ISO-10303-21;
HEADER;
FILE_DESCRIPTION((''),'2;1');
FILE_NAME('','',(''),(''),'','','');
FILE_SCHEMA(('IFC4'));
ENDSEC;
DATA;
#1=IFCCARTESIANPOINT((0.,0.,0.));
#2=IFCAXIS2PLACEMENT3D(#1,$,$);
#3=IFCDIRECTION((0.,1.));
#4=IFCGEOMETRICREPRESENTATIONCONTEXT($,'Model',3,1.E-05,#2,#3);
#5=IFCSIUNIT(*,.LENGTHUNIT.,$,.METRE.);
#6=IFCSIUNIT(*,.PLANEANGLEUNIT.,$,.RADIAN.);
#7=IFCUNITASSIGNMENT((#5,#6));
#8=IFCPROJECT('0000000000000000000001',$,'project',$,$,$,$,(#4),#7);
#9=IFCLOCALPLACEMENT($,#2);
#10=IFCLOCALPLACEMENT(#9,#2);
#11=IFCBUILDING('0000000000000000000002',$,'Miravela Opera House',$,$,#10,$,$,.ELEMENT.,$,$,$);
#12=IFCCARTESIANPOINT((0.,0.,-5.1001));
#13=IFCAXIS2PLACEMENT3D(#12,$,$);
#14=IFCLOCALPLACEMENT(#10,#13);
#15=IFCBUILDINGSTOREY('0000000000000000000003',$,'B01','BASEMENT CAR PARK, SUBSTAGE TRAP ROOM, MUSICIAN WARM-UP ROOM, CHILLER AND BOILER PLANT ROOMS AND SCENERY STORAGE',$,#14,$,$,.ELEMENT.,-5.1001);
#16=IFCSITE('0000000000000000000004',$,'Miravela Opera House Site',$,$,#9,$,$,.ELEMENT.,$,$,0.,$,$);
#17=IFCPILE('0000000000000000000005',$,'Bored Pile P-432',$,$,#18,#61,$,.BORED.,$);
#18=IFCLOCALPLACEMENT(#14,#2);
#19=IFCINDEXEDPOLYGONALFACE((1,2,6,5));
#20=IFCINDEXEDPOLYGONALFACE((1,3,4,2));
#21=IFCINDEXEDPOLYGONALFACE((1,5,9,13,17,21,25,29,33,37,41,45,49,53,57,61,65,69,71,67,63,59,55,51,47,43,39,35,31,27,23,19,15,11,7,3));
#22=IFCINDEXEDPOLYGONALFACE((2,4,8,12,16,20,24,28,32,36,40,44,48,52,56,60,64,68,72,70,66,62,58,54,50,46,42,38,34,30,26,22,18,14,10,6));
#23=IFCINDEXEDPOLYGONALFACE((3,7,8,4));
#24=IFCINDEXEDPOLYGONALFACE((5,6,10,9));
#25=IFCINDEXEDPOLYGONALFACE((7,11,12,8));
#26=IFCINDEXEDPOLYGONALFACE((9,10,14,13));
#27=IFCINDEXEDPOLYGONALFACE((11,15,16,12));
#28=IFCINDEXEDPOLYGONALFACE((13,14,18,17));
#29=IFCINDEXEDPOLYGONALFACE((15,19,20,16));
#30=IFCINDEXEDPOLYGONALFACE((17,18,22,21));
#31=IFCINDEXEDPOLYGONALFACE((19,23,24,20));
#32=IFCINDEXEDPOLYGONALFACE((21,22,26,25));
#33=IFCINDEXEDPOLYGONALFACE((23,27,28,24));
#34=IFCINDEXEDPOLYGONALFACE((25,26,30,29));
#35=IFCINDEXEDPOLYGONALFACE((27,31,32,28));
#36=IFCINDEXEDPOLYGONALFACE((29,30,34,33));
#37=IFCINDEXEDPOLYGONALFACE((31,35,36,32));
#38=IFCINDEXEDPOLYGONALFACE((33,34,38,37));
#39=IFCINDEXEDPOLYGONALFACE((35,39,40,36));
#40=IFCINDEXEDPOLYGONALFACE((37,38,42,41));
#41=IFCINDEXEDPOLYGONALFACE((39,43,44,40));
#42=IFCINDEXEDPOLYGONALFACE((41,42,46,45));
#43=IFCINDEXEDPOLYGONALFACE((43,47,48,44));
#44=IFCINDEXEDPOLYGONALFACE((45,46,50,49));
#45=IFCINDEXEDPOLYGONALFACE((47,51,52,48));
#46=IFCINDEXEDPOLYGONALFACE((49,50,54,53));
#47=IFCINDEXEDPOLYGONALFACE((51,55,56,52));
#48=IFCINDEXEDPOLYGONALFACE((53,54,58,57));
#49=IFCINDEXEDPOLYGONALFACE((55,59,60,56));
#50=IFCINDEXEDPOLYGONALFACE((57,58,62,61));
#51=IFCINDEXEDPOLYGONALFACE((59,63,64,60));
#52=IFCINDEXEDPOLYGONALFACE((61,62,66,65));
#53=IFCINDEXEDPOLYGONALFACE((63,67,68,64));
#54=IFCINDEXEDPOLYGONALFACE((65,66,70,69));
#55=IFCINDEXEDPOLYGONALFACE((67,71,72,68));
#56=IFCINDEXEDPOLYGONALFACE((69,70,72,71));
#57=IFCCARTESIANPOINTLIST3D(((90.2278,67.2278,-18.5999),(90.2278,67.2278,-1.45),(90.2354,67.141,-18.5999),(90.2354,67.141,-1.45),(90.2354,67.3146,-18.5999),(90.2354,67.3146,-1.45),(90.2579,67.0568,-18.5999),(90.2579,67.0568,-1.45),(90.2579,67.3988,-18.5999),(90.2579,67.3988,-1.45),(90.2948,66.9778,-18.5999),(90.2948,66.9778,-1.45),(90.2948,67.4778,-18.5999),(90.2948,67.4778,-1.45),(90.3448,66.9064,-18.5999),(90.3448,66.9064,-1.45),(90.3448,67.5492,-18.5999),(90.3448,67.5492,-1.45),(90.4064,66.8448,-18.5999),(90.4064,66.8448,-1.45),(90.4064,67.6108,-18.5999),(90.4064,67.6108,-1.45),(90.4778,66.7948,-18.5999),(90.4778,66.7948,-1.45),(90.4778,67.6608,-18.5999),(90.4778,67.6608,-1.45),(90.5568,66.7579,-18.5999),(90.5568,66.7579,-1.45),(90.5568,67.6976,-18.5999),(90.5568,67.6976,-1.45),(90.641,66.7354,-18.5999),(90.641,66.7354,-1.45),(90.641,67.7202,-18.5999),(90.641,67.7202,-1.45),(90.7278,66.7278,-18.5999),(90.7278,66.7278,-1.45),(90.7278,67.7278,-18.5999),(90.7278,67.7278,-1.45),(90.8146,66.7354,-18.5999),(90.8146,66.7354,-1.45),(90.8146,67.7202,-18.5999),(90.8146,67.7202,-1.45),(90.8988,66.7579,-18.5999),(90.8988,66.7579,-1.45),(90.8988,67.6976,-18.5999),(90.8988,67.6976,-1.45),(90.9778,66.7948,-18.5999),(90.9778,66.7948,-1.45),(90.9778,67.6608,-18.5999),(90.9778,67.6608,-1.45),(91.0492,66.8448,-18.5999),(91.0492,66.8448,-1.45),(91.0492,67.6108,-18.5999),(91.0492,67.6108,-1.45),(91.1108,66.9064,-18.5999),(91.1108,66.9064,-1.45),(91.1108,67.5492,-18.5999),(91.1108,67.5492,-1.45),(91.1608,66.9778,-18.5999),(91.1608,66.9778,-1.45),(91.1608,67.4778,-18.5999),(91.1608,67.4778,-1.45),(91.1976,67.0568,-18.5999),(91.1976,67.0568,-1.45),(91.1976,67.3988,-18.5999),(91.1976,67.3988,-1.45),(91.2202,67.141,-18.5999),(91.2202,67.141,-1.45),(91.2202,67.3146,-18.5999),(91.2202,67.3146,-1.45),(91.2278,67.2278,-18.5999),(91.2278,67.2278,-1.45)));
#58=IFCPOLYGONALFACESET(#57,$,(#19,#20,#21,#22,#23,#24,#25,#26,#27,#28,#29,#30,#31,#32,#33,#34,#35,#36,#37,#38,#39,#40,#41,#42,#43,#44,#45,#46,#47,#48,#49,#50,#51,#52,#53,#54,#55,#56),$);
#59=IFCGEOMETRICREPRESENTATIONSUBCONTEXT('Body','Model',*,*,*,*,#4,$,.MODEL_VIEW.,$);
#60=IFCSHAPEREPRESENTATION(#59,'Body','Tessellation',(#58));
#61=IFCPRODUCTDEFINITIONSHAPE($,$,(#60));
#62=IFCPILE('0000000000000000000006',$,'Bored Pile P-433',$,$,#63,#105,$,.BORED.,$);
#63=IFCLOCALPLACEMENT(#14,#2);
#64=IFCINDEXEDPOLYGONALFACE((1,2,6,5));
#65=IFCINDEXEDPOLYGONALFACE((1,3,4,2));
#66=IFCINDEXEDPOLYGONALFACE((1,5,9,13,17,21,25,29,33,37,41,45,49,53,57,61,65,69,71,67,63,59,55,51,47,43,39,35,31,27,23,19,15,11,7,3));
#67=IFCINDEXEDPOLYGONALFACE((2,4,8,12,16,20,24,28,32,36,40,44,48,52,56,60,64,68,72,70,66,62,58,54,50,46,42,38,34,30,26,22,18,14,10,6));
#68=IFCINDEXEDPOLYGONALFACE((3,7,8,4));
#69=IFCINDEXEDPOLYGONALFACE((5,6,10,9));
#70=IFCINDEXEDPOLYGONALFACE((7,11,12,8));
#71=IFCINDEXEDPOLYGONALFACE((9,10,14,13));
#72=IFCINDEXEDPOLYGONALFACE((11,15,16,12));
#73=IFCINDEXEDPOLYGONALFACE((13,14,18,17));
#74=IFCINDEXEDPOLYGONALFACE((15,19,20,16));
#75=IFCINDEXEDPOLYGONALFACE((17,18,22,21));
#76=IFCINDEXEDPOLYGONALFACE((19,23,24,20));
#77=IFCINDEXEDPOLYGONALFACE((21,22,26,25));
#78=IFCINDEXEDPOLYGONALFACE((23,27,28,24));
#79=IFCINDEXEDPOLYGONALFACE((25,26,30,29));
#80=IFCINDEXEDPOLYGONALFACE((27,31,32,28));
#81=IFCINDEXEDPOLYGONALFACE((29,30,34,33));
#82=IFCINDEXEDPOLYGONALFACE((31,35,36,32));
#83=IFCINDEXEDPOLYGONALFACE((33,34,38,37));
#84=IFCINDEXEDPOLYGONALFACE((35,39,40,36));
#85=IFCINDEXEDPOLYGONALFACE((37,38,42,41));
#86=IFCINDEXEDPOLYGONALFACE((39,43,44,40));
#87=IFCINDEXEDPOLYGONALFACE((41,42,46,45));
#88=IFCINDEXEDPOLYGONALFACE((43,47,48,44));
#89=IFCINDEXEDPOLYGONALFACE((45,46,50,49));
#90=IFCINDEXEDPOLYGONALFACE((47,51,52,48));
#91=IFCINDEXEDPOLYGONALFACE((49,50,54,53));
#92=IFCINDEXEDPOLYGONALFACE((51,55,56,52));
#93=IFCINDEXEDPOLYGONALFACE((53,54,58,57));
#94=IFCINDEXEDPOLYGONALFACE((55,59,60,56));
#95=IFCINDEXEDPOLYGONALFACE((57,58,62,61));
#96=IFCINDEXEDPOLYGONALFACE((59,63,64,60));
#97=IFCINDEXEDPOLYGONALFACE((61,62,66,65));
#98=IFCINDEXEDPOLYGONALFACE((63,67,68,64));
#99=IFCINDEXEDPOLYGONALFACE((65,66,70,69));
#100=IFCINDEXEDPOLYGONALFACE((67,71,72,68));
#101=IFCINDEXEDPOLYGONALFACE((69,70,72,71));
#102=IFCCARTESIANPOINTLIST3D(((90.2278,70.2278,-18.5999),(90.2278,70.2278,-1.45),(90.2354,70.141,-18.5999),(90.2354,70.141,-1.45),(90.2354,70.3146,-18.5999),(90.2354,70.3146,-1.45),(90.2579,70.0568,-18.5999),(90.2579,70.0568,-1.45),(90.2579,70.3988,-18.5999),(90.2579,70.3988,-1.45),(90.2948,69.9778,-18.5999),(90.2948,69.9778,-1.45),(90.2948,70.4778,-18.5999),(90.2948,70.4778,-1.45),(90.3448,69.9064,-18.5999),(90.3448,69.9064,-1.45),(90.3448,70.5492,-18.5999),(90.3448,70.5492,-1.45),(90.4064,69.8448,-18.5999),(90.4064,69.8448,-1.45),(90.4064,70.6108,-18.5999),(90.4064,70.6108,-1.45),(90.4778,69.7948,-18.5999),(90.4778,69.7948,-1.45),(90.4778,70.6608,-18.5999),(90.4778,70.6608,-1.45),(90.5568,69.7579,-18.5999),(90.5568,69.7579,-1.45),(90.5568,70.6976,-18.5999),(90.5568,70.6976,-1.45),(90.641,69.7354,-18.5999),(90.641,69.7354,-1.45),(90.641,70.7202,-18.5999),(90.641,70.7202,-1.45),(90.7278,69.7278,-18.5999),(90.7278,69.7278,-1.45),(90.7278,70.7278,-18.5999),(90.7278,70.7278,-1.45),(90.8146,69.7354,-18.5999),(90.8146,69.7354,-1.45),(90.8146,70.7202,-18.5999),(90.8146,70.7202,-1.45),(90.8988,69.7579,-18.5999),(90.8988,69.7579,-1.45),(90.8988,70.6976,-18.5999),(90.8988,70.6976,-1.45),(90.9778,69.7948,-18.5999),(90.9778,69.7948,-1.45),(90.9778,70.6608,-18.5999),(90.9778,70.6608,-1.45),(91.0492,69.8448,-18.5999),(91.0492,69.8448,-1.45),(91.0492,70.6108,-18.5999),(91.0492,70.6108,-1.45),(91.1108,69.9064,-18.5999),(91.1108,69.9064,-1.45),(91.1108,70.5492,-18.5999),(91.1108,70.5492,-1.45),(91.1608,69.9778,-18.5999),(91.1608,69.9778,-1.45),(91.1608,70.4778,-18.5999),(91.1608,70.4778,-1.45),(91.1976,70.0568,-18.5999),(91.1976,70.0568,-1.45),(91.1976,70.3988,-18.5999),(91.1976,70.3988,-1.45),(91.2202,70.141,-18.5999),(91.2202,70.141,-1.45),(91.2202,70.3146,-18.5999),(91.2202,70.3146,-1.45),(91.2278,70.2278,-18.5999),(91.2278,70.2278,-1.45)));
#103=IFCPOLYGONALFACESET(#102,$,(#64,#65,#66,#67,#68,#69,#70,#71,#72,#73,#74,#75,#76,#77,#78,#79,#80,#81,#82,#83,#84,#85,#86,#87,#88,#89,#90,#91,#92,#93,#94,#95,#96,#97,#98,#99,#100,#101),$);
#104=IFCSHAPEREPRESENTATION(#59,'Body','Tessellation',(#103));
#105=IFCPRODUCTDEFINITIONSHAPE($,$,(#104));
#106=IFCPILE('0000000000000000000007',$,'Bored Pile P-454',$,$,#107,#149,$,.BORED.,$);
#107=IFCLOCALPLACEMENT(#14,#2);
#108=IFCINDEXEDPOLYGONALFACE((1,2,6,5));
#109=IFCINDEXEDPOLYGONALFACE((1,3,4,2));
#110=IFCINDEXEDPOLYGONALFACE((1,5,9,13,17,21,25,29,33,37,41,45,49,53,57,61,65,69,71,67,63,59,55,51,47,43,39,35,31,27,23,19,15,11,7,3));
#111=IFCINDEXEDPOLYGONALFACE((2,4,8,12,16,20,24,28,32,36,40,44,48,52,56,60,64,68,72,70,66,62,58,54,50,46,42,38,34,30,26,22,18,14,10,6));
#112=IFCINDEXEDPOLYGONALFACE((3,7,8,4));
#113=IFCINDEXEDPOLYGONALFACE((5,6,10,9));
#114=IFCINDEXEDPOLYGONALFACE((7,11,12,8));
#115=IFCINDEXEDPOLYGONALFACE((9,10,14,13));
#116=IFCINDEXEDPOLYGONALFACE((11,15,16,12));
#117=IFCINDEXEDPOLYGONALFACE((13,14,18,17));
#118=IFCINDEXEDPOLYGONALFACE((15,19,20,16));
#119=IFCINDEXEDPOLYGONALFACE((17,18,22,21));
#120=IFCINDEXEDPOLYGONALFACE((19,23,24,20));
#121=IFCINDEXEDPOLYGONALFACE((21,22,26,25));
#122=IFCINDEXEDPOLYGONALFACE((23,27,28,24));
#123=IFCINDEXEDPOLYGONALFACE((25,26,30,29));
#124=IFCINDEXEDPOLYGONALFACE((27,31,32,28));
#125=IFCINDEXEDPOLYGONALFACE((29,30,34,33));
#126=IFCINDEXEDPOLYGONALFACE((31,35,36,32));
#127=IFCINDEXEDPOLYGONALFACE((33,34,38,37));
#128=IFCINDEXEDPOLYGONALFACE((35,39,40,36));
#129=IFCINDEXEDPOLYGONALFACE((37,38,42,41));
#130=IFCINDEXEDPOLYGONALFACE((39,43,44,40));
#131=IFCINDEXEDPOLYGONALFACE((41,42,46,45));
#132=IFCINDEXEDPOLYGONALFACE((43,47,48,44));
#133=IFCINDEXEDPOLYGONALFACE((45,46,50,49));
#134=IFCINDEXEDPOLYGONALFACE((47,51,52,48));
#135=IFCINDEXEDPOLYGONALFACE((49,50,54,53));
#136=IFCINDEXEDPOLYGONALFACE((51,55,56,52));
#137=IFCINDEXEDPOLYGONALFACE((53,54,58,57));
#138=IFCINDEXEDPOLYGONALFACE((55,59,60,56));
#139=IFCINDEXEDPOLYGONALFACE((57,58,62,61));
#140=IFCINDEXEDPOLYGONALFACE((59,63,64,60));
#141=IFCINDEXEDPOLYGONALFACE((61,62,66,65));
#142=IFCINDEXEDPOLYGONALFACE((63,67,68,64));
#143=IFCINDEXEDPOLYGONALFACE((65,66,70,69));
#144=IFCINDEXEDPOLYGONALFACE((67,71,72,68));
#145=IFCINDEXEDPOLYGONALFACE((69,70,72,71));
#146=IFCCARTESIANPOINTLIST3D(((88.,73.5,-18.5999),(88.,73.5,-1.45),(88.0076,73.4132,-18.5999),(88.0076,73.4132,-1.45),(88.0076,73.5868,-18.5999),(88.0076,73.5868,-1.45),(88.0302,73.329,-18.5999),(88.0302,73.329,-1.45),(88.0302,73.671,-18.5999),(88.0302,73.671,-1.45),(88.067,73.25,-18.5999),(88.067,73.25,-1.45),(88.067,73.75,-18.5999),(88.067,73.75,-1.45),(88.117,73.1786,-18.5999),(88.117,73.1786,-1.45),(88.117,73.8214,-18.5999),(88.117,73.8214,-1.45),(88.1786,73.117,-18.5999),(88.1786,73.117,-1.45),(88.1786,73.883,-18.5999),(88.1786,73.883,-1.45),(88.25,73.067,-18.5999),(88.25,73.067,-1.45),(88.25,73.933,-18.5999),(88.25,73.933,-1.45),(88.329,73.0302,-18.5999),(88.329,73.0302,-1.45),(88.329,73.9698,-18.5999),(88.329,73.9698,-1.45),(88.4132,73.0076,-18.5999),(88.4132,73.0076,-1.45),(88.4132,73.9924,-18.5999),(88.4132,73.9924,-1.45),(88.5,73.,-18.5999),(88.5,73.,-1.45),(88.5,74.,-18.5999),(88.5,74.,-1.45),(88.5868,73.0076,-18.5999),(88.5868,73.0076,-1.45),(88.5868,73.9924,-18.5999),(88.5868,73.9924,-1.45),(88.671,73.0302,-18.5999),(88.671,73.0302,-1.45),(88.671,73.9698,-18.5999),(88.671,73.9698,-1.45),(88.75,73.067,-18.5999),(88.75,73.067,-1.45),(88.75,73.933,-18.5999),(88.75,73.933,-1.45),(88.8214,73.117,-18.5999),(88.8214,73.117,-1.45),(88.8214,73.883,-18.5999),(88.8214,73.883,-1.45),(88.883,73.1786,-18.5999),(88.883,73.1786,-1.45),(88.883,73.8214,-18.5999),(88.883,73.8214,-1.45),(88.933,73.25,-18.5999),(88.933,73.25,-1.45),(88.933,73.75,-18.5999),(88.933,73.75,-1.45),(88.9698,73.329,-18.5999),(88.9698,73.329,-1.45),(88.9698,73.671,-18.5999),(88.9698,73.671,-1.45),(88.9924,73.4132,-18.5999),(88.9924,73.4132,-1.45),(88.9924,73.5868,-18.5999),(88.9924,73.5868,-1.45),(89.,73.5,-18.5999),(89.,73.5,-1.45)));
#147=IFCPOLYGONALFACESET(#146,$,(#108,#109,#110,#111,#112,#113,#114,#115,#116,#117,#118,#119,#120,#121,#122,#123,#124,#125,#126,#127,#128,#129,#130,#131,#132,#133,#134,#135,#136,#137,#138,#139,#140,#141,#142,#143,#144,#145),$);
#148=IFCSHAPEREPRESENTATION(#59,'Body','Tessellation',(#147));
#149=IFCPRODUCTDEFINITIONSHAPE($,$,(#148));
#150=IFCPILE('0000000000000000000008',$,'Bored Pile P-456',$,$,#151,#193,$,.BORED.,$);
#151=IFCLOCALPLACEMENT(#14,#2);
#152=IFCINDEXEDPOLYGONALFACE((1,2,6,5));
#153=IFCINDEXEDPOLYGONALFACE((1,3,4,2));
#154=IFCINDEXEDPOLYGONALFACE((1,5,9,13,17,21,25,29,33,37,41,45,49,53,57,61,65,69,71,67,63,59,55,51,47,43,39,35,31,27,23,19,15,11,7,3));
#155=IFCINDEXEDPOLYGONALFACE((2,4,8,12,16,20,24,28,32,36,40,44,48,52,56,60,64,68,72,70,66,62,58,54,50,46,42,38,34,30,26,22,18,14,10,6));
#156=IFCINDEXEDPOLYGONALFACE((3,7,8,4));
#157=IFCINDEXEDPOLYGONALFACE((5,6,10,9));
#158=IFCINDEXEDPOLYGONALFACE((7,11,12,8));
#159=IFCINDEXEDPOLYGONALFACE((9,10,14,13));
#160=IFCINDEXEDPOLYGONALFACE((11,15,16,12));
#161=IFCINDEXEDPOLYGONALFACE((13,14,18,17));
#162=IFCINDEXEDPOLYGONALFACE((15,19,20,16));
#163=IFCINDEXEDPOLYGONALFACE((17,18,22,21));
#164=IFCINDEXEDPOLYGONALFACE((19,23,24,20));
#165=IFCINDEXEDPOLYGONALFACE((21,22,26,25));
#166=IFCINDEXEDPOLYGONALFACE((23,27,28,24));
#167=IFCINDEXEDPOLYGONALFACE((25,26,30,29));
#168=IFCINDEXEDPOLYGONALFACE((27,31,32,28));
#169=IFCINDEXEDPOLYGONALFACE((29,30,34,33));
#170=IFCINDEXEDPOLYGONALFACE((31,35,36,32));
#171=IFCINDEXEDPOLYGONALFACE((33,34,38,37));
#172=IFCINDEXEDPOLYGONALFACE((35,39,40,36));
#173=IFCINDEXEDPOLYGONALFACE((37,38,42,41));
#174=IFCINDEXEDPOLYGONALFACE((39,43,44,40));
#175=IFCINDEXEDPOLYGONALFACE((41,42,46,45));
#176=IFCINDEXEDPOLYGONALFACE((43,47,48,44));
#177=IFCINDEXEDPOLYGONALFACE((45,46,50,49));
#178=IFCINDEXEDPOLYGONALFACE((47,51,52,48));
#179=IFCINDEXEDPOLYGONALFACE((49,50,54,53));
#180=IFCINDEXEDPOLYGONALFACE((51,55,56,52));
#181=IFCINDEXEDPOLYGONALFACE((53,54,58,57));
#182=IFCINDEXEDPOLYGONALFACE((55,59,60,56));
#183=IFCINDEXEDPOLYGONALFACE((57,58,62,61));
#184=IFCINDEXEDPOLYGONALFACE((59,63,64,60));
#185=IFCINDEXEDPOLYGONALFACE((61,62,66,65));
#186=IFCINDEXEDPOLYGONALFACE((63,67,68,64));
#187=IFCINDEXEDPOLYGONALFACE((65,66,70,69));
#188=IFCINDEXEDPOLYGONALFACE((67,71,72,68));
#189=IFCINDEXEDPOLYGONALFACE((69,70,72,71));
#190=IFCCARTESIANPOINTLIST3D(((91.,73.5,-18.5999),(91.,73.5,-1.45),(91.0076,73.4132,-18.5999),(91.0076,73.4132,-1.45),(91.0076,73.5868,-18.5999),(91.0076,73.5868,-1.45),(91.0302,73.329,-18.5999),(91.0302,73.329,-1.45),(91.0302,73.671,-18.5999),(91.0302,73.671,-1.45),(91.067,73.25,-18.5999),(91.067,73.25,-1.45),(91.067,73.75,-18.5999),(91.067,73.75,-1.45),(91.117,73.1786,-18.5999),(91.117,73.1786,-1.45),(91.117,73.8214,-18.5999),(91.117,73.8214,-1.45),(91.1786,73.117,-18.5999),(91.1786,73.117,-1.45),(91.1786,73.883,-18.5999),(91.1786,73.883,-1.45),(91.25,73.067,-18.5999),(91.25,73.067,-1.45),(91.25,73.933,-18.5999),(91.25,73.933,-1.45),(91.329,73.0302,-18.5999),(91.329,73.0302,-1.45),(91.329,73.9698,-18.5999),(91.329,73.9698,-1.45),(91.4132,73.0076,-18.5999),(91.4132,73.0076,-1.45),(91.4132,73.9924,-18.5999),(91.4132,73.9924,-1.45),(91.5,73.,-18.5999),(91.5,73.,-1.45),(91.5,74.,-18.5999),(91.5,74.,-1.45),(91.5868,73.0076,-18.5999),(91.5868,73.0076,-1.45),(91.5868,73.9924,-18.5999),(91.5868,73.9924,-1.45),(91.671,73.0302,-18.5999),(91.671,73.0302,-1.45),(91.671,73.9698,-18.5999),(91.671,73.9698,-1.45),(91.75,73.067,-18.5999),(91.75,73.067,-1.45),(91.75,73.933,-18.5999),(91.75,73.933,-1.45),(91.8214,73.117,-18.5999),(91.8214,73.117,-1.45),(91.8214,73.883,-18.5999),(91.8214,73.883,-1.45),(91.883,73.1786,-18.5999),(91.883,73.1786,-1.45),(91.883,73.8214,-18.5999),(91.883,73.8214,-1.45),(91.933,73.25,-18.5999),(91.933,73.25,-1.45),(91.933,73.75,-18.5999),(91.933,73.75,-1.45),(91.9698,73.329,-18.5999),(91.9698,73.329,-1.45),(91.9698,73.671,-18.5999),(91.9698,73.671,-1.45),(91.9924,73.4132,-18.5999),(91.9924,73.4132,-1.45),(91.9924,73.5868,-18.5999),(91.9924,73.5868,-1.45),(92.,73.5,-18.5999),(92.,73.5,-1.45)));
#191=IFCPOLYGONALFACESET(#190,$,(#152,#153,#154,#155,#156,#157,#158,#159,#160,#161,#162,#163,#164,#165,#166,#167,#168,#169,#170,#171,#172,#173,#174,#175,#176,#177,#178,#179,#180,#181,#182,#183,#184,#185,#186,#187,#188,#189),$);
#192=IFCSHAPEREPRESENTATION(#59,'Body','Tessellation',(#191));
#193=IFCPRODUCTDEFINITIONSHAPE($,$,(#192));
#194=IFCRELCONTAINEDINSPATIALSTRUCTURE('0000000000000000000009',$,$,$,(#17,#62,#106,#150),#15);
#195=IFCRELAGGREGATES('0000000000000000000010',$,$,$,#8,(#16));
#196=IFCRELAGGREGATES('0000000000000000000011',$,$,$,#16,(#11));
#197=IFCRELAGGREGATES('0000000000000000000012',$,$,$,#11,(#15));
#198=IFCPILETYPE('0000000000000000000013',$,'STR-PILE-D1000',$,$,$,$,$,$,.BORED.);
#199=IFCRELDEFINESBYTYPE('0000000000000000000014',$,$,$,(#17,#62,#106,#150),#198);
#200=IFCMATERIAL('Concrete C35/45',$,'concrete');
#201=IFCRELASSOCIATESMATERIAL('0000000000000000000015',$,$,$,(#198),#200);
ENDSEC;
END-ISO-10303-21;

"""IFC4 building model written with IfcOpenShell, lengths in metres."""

from ifc_helpers import new_model, si_unit, direction, frame, origin, origin_2d, place, context, subcontext, project, spatial, circle, extrude, material, material_profile, profile_set, type_object, element, save


model = new_model("IFC4")

# Units and contexts
model_context = context("Model", 3, precision=1e-05, world=origin(), true_north=direction((0.0, 1.0)))
body_context = subcontext(model_context, "Body", "Model", "MODEL_VIEW")
ifc_project = project(units=[si_unit("LENGTHUNIT", "METRE"), si_unit("PLANEANGLEUNIT", "RADIAN")], contexts=[model_context])

# Site, building, storey
site_placement = place(None, origin())
site = spatial("IfcSite", under=ifc_project, at=site_placement, Name="Miravela Opera House Site", CompositionType="ELEMENT", RefElevation=0.0)
building_placement = place(site_placement, origin())
building = spatial("IfcBuilding", under=site, at=building_placement, Name="Miravela Opera House", CompositionType="ELEMENT")
storey_placement = place(building_placement, frame((0.0, 0.0, -5.1001)))
storey = spatial("IfcBuildingStorey", under=building, at=storey_placement, Name="B01", Description="BASEMENT CAR PARK, SUBSTAGE TRAP ROOM, MUSICIAN WARM-UP ROOM, CHILLER AND BOILER PLANT ROOMS AND SCENERY STORAGE", CompositionType="ELEMENT", Elevation=-5.1001)

# Shared definitions
ifc_material_1 = material(Name="Concrete C35/45", Category="concrete")

# Piles
ifc_material_profile_1 = material_profile(ifc_material_1, circle(Radius=0.5, at=origin_2d()), Name="PILE-D1000")
ifc_profile_set_1 = profile_set([ifc_material_profile_1])
pile_type_1 = type_object("IfcPileType", Name="STR-PILE-D1000", PredefinedType="BORED", material=ifc_profile_set_1)
for number, where, z_axis, x_axis, name in (
    (1, (90.7278, 67.2278, -1.45), (0.0, 0.0, -1.0), (1.0, 0.0, 0.0), "Bored Pile P-432"),
    (2, (90.7278, 70.2278, -1.45), (0.0, 0.0, -1.0), (1.0, 0.0, 0.0), "Bored Pile P-433"),
    (3, (88.5, 73.5, -1.45), (0.0, 0.0, -1.0), (1.0, 0.0, 0.0), "Bored Pile P-454"),
    (4, (91.5, 73.5, -1.45), (0.0, 0.0, -1.0), (1.0, 0.0, 0.0), "Bored Pile P-456"),
):
    element("IfcPile", number, at=place(storey_placement, frame(where, z_axis=z_axis, x_axis=x_axis)), inside=storey, type_object=pile_type_1, Name=name, PredefinedType="BORED", context=body_context, shape_type="SweptSolid", body=[
        extrude(circle(Radius=0.5, at=origin_2d()), origin(), (0.0, 0.0, 1.0), 17.1499),
    ])

save(model, "model.ifc")
